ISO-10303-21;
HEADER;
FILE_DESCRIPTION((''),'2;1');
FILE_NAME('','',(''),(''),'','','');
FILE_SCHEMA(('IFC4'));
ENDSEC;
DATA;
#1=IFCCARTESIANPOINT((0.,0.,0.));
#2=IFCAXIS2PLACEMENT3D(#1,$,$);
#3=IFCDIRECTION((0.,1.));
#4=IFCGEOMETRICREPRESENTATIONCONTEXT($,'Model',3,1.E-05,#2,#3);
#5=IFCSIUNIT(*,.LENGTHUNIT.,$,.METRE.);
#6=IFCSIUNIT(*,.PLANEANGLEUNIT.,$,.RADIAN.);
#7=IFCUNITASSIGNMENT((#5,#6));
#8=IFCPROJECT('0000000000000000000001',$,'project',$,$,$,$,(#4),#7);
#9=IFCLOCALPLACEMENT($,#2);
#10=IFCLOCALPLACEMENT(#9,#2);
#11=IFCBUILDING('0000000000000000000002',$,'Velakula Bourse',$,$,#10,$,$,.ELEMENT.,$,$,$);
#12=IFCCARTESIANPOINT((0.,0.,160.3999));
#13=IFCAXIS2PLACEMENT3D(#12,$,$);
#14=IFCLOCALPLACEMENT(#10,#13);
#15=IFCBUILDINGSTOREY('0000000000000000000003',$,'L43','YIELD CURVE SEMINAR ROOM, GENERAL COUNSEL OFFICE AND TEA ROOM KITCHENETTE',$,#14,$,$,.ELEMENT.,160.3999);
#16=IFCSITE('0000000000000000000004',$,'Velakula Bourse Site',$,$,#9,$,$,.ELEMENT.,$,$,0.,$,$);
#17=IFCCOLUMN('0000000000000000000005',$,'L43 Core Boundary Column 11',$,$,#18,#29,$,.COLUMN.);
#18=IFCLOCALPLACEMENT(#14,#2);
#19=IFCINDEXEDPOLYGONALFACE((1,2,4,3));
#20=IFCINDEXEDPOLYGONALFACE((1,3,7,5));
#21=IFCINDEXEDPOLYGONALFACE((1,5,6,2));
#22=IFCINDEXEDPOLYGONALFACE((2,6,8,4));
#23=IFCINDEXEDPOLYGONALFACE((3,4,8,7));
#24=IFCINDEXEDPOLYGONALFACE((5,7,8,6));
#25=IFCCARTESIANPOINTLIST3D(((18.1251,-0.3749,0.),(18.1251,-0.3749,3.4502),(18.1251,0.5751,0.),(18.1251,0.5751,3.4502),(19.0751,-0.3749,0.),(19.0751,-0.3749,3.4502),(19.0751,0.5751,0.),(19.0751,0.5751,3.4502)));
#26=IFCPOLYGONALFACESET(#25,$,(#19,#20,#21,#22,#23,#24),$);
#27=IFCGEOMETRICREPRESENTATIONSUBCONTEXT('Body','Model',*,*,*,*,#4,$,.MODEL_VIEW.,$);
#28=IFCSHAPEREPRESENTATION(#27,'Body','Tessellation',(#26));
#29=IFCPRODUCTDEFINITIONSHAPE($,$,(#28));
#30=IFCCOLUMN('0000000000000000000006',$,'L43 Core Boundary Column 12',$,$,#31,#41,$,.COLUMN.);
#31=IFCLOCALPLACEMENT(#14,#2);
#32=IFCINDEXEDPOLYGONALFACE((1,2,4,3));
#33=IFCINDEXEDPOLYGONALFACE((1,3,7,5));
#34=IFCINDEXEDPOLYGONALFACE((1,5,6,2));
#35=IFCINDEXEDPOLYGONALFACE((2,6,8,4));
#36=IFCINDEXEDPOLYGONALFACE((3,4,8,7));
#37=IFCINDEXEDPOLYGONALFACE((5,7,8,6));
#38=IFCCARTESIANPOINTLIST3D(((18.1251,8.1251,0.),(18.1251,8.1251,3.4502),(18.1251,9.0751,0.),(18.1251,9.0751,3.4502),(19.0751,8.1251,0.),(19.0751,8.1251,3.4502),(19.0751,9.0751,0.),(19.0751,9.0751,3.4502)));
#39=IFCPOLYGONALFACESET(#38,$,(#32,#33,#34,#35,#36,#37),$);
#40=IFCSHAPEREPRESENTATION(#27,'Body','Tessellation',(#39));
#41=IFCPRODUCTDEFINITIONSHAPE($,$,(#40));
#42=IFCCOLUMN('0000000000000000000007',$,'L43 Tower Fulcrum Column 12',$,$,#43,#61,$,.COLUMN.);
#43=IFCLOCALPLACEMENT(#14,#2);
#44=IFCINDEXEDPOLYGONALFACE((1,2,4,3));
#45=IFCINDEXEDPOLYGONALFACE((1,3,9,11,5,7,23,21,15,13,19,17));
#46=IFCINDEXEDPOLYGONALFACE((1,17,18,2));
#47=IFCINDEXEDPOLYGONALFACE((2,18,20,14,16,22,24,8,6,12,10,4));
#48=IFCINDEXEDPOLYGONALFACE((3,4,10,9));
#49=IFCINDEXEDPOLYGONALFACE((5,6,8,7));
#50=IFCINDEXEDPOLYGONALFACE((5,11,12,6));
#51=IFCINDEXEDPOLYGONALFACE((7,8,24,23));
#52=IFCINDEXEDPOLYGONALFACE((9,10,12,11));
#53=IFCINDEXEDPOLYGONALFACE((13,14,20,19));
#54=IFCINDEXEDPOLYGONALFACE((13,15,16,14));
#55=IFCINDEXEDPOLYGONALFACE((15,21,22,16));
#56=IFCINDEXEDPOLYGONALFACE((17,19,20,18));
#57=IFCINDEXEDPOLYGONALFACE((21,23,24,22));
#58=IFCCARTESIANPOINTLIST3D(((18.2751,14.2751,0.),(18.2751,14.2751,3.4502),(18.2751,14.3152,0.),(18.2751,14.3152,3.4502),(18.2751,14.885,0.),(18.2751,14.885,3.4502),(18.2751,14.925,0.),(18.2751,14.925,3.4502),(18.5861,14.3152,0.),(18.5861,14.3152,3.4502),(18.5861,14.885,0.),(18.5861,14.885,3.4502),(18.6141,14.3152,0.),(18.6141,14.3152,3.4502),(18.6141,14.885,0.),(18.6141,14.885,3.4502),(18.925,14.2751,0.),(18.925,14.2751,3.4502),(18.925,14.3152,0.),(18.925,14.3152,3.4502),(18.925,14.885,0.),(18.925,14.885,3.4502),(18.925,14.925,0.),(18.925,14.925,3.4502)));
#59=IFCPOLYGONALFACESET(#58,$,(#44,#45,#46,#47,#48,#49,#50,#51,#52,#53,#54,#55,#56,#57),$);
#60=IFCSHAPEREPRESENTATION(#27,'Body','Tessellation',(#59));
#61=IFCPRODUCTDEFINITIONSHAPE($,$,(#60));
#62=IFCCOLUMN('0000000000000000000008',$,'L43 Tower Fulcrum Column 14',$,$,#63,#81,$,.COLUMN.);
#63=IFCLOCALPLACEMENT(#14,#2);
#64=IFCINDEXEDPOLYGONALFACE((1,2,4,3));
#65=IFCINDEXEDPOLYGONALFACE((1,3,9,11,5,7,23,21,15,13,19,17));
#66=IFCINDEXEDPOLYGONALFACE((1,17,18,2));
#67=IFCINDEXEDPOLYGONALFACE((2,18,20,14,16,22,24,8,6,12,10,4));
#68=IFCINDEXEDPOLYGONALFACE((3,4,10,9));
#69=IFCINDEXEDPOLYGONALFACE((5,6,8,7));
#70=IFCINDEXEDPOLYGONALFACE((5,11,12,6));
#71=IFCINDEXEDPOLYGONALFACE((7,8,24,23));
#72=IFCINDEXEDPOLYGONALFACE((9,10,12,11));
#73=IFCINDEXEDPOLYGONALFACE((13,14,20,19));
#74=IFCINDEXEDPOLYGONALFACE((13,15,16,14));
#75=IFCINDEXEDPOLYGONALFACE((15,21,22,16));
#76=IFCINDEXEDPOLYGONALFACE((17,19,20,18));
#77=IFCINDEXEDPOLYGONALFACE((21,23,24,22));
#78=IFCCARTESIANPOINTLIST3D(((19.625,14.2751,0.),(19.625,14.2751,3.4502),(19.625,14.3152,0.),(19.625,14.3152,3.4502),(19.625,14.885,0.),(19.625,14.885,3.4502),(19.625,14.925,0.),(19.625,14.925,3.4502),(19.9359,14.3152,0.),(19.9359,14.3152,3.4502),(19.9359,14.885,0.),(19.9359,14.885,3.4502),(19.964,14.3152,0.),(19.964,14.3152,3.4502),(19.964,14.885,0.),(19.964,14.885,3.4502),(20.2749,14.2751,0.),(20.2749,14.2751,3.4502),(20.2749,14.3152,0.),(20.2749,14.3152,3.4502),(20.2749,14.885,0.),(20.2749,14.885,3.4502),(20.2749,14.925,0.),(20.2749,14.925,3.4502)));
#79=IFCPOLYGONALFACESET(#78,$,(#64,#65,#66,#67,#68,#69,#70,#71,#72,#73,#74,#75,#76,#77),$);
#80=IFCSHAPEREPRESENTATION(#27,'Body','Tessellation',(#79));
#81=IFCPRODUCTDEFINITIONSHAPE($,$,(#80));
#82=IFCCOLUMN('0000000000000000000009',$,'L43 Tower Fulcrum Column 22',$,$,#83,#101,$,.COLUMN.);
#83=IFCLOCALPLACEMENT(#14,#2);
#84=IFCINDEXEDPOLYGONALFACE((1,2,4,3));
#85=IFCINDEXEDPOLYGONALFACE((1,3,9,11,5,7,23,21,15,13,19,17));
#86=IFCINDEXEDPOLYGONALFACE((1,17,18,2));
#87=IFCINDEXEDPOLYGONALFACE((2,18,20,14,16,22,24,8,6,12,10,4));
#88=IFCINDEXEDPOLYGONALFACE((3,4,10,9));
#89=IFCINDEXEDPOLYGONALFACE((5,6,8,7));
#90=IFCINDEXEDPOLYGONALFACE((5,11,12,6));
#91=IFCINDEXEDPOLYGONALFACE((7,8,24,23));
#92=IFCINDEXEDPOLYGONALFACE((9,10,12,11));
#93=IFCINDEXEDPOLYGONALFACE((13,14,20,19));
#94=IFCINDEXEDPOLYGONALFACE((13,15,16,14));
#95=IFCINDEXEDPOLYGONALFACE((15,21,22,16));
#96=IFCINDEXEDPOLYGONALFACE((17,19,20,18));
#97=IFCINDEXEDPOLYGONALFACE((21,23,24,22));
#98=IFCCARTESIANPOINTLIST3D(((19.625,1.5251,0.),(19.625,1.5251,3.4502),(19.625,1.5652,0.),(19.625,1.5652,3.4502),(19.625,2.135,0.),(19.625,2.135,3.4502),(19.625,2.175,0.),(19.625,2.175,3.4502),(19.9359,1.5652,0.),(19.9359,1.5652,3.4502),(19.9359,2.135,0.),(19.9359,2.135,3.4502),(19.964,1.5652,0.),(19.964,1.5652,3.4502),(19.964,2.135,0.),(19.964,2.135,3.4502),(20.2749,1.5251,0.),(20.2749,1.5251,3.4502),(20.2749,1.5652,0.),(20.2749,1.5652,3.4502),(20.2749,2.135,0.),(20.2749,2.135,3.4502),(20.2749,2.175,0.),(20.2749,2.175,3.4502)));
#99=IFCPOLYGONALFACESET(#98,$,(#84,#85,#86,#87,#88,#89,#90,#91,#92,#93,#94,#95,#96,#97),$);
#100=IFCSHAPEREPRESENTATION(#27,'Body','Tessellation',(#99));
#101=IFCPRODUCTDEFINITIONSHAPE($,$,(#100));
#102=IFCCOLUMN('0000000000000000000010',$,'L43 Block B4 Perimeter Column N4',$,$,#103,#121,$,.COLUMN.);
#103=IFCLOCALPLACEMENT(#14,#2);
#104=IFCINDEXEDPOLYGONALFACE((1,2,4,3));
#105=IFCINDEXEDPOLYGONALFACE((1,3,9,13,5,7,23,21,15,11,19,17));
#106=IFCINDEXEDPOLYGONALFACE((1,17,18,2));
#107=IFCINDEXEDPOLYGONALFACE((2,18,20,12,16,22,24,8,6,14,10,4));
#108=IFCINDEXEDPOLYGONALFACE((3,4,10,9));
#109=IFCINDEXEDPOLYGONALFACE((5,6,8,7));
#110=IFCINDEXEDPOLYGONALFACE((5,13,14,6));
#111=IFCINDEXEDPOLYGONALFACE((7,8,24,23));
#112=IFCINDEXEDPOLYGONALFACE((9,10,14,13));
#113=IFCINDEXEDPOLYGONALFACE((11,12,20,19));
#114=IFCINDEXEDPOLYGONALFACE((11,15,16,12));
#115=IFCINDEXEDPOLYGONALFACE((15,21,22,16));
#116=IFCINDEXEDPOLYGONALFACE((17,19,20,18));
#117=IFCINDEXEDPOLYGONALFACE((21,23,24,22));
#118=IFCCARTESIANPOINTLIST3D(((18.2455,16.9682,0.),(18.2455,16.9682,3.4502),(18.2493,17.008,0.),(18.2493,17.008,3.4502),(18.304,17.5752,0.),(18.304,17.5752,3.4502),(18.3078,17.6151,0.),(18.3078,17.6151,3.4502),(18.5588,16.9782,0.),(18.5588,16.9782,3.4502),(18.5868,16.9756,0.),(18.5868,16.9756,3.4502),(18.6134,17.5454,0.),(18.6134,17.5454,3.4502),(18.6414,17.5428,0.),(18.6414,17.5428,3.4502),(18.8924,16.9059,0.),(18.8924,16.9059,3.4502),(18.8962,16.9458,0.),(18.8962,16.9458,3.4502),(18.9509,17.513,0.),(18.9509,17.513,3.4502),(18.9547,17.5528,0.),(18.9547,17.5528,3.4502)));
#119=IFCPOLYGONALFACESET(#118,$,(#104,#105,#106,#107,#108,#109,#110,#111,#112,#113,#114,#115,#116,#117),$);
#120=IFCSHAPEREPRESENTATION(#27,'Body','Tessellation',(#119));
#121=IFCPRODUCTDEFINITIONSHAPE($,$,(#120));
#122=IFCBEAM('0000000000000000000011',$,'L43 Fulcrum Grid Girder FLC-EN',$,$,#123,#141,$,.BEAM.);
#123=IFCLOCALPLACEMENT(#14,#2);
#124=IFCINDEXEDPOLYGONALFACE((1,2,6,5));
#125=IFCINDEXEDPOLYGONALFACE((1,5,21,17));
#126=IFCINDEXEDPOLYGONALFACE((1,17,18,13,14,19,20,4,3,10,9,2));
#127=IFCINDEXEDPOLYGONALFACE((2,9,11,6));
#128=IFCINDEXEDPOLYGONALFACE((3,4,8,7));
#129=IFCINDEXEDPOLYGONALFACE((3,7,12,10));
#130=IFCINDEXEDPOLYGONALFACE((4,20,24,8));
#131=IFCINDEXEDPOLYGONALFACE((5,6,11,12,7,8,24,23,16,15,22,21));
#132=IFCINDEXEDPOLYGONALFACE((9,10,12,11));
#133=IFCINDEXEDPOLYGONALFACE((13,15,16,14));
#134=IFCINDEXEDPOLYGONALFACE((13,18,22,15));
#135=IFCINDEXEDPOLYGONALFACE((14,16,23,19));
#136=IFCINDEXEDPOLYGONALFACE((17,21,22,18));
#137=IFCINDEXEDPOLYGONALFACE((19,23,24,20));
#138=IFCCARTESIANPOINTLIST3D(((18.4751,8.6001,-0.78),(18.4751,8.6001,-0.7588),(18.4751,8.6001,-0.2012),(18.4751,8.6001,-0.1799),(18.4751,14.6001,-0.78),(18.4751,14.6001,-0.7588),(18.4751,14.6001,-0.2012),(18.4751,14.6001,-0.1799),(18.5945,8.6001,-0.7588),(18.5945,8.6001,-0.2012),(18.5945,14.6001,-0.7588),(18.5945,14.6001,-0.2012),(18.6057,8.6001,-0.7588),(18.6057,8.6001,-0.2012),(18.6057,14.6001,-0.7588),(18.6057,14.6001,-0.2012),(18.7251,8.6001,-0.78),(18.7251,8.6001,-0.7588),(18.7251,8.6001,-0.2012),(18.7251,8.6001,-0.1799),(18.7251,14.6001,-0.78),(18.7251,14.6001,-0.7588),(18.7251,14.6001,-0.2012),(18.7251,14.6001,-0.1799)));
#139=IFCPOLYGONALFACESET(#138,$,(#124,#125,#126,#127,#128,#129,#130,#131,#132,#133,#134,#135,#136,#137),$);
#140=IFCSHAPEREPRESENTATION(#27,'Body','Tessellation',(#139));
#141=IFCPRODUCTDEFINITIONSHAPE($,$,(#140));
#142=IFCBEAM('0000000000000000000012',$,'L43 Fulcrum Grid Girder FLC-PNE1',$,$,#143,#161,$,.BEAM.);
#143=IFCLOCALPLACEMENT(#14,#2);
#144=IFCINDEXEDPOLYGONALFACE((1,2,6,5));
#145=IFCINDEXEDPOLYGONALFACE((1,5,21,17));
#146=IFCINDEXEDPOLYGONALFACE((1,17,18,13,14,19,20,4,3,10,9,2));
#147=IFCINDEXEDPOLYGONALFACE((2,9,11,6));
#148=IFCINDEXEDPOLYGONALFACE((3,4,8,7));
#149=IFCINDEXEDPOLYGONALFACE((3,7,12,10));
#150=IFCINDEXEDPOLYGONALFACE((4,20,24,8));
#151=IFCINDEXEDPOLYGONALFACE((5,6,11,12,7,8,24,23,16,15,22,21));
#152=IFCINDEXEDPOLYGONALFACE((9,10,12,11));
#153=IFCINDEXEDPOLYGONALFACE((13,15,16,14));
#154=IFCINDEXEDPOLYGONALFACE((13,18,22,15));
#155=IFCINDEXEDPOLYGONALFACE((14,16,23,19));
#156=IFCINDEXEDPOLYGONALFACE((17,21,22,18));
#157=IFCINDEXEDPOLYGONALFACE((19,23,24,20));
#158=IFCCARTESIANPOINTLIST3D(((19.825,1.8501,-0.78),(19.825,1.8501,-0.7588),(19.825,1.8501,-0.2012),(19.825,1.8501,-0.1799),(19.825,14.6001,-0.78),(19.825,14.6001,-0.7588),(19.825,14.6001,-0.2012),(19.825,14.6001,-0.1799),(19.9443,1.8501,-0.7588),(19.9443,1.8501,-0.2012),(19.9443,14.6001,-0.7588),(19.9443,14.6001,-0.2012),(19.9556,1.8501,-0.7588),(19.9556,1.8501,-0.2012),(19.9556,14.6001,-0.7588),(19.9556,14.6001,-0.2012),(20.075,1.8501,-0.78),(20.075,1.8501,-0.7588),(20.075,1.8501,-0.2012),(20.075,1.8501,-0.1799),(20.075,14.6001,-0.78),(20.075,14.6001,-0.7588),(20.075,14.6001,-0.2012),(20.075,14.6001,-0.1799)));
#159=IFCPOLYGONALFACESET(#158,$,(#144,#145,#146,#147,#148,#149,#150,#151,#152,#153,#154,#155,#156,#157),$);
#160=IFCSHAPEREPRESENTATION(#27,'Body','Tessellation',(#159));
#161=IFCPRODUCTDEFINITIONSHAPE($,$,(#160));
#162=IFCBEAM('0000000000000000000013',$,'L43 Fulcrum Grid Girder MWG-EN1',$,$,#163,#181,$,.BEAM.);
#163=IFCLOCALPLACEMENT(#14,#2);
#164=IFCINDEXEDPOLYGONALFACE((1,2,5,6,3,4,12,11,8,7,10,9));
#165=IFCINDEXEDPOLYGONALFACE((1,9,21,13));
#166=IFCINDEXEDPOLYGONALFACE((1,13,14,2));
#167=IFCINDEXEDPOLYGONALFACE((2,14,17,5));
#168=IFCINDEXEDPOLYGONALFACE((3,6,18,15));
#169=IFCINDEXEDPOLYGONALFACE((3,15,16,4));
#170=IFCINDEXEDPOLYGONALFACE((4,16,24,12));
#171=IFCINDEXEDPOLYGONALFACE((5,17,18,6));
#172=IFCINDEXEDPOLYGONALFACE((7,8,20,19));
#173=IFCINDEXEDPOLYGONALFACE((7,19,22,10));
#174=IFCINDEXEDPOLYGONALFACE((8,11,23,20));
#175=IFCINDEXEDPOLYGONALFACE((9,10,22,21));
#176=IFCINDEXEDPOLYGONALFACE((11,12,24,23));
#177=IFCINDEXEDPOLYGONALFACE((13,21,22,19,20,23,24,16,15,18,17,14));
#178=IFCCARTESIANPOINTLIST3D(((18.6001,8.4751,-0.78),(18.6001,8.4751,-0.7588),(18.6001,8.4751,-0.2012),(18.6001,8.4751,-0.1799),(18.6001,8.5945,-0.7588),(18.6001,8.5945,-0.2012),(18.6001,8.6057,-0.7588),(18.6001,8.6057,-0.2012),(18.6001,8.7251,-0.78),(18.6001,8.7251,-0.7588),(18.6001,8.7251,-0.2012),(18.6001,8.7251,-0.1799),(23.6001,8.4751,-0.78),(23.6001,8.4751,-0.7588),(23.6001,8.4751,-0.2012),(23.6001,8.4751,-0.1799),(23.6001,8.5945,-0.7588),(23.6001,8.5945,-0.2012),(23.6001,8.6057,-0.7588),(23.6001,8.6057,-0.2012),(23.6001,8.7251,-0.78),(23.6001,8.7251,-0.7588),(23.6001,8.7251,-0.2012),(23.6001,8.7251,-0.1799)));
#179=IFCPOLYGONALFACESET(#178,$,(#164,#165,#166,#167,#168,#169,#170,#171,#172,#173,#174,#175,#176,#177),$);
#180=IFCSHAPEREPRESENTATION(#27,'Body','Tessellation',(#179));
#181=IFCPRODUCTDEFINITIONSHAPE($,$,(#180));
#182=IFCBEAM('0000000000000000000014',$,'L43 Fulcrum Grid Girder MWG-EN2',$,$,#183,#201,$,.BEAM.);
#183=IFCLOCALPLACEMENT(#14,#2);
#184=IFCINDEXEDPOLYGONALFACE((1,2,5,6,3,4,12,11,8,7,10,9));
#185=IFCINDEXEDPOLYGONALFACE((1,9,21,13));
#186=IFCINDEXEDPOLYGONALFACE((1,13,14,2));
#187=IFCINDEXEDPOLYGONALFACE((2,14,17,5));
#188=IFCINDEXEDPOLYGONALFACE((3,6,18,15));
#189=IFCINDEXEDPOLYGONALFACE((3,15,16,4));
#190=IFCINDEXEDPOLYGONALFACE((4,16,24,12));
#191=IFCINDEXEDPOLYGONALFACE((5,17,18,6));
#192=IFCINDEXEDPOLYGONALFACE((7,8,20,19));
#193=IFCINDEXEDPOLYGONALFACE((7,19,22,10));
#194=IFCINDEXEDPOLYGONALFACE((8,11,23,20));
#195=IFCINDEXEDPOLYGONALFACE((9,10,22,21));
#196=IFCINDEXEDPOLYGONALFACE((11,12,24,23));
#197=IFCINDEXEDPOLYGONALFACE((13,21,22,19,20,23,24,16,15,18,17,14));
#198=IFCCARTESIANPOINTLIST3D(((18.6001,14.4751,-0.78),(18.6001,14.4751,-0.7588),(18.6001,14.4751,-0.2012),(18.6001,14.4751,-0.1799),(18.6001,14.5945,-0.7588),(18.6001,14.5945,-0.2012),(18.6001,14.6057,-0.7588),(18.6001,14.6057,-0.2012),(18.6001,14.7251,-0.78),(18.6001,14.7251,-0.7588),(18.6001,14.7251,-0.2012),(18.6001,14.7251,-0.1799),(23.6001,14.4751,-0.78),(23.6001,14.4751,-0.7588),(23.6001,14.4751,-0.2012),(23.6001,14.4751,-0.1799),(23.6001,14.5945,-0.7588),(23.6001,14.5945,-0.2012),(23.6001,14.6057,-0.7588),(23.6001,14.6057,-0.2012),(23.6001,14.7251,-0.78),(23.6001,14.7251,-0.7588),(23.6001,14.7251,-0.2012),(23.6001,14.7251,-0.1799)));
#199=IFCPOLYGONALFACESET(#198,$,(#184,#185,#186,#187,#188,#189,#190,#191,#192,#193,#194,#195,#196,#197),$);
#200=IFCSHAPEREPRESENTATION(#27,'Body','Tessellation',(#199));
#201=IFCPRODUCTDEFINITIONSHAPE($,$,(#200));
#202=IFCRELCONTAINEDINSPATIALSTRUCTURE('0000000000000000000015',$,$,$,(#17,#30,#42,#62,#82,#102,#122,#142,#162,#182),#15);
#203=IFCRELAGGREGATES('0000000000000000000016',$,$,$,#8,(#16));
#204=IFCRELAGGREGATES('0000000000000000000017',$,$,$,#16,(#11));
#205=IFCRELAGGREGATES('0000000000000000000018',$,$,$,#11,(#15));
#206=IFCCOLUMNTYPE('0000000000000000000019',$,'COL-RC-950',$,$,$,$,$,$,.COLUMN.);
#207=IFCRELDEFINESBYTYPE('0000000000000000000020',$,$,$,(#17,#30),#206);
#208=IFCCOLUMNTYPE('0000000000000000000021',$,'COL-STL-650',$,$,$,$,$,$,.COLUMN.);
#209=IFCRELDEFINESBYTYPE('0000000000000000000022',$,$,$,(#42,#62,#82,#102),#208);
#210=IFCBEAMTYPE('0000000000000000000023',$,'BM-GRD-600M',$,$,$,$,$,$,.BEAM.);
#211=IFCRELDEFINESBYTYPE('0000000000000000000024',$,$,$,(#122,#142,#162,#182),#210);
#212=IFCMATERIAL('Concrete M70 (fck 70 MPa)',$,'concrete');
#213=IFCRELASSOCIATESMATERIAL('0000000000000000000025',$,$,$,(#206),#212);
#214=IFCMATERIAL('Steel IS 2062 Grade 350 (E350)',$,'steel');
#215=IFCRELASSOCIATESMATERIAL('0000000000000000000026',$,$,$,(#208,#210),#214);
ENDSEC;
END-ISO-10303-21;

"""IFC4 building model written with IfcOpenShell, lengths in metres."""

from ifc_helpers import new_model, si_unit, direction, frame, origin, origin_2d, place, context, subcontext, project, spatial, rectangle, i_section, extrude, material, material_profile, profile_set, type_object, element, save


model = new_model("IFC4")

# Units and contexts
model_context = context("Model", 3, precision=1e-05, world=origin(), true_north=direction((0.0, 1.0)))
body_context = subcontext(model_context, "Body", "Model", "MODEL_VIEW")
ifc_project = project(units=[si_unit("LENGTHUNIT", "METRE"), si_unit("PLANEANGLEUNIT", "RADIAN")], contexts=[model_context])

# Site, building, storey
site_placement = place(None, origin())
site = spatial("IfcSite", under=ifc_project, at=site_placement, Name="Velakula Bourse Site", CompositionType="ELEMENT", RefElevation=0.0)
building_placement = place(site_placement, origin())
building = spatial("IfcBuilding", under=site, at=building_placement, Name="Velakula Bourse", CompositionType="ELEMENT")
storey_placement = place(building_placement, frame((0.0, 0.0, 160.3999)))
storey = spatial("IfcBuildingStorey", under=building, at=storey_placement, Name="L43", Description="YIELD CURVE SEMINAR ROOM, GENERAL COUNSEL OFFICE AND TEA ROOM KITCHENETTE", CompositionType="ELEMENT", Elevation=160.3999)

# Columns
ifc_material_1 = material(Name="Concrete M70 (fck 70 MPa)", Category="concrete")
ifc_material_profile_1 = material_profile(ifc_material_1, rectangle(XDim=0.95, YDim=0.95, at=origin_2d()), Name="Concrete M70 (fck 70 MPa)")
ifc_profile_set_1 = profile_set([ifc_material_profile_1], Name="Concrete M70 (fck 70 MPa)")
column_type_1 = type_object("IfcColumnType", Name="COL-RC-950", PredefinedType="COLUMN", material=ifc_profile_set_1)
for number, where, z_axis, x_axis, name in (
    (1, (18.6001, 0.1001, 0.0), (0.0, 0.0, 1.0), (1.0, 0.0, 0.0), "L43 Core Boundary Column 11"),
    (2, (18.6001, 8.6001, 0.0), (0.0, 0.0, 1.0), (1.0, 0.0, 0.0), "L43 Core Boundary Column 12"),
):
    element("IfcColumn", number, at=place(storey_placement, frame(where, z_axis=z_axis, x_axis=x_axis)), inside=storey, type_object=column_type_1, Name=name, PredefinedType="COLUMN", context=body_context, shape_type="SweptSolid", body=[
        extrude(rectangle(XDim=0.95, YDim=0.95, at=origin_2d()), origin(), (0.0, 0.0, 1.0), 3.4502),
    ])
ifc_material_2 = material(Name="Steel IS 2062 Grade 350 (E350)", Category="steel")
ifc_material_profile_2 = material_profile(ifc_material_2, i_section(OverallWidth=0.6499, OverallDepth=0.6499, WebThickness=0.0281, FlangeThickness=0.04, at=origin_2d()), Name="Steel IS 2062 Grade 350 (E350)")
ifc_profile_set_2 = profile_set([ifc_material_profile_2], Name="Steel IS 2062 Grade 350 (E350)")
column_type_2 = type_object("IfcColumnType", Name="COL-STL-650", PredefinedType="COLUMN", material=ifc_profile_set_2)
for number, where, z_axis, x_axis, name in (
    (3, (18.6001, 14.6001, 0.0), (0.0, 0.0, 1.0), (1.0, 0.0, 0.0), "L43 Tower Fulcrum Column 12"),
    (4, (19.95, 14.6001, 0.0), (0.0, 0.0, 1.0), (1.0, 0.0, 0.0), "L43 Tower Fulcrum Column 14"),
    (5, (19.95, 1.8501, 0.0), (0.0, 0.0, 1.0), (1.0, 0.0, 0.0), "L43 Tower Fulcrum Column 22"),
    (6, (18.6001, 17.2605, 0.0), (0.0, 0.0, 1.0), (0.995396, -0.095846, 0.0), "L43 Block B4 Perimeter Column N4"),
):
    element("IfcColumn", number, at=place(storey_placement, frame(where, z_axis=z_axis, x_axis=x_axis)), inside=storey, type_object=column_type_2, Name=name, PredefinedType="COLUMN", context=body_context, shape_type="SweptSolid", body=[
        extrude(i_section(OverallWidth=0.6499, OverallDepth=0.6499, WebThickness=0.0281, FlangeThickness=0.04, at=origin_2d()), origin(), (0.0, 0.0, 1.0), 3.4502),
    ])

# Beams
ifc_material_profile_3 = material_profile(ifc_material_2, i_section(OverallWidth=0.25, OverallDepth=0.6001, WebThickness=0.0112, FlangeThickness=0.0212, at=origin_2d()), Name="Steel IS 2062 Grade 350 (E350)")
ifc_profile_set_3 = profile_set([ifc_material_profile_3], Name="Steel IS 2062 Grade 350 (E350)")
beam_type_1 = type_object("IfcBeamType", Name="BM-GRD-600M", PredefinedType="BEAM", material=ifc_profile_set_3)
beam_1_placement = place(storey_placement, frame((18.6001, 8.6001, -0.48), z_axis=(0.0, 1.0, 0.0), x_axis=(-1.0, 0.0, 0.0)))
element("IfcBeam", 7, at=beam_1_placement, inside=storey, type_object=beam_type_1, Name="L43 Fulcrum Grid Girder FLC-EN", PredefinedType="BEAM", context=body_context, shape_type="SweptSolid", body=[
    extrude(i_section(OverallWidth=0.25, OverallDepth=0.6001, WebThickness=0.0112, FlangeThickness=0.0212, at=origin_2d()), origin(), (0.0, 0.0, 1.0), 6.0),
])
beam_2_placement = place(storey_placement, frame((19.95, 1.8501, -0.48), z_axis=(0.0, 1.0, 0.0), x_axis=(-1.0, 0.0, 0.0)))
element("IfcBeam", 8, at=beam_2_placement, inside=storey, type_object=beam_type_1, Name="L43 Fulcrum Grid Girder FLC-PNE1", PredefinedType="BEAM", context=body_context, shape_type="SweptSolid", body=[
    extrude(i_section(OverallWidth=0.25, OverallDepth=0.6001, WebThickness=0.0112, FlangeThickness=0.0212, at=origin_2d()), origin(), (0.0, 0.0, 1.0), 12.75),
])
for number, where, z_axis, x_axis, name in (
    (9, (18.6001, 8.6001, -0.48), (1.0, 0.0, 0.0), (0.0, 1.0, 0.0), "L43 Fulcrum Grid Girder MWG-EN1"),
    (10, (18.6001, 14.6001, -0.48), (1.0, 0.0, 0.0), (0.0, 1.0, 0.0), "L43 Fulcrum Grid Girder MWG-EN2"),
):
    element("IfcBeam", number, at=place(storey_placement, frame(where, z_axis=z_axis, x_axis=x_axis)), inside=storey, type_object=beam_type_1, Name=name, PredefinedType="BEAM", context=body_context, shape_type="SweptSolid", body=[
        extrude(i_section(OverallWidth=0.25, OverallDepth=0.6001, WebThickness=0.0112, FlangeThickness=0.0212, at=origin_2d()), origin(), (0.0, 0.0, 1.0), 5.0),
    ])

save(model, "model.ifc")
